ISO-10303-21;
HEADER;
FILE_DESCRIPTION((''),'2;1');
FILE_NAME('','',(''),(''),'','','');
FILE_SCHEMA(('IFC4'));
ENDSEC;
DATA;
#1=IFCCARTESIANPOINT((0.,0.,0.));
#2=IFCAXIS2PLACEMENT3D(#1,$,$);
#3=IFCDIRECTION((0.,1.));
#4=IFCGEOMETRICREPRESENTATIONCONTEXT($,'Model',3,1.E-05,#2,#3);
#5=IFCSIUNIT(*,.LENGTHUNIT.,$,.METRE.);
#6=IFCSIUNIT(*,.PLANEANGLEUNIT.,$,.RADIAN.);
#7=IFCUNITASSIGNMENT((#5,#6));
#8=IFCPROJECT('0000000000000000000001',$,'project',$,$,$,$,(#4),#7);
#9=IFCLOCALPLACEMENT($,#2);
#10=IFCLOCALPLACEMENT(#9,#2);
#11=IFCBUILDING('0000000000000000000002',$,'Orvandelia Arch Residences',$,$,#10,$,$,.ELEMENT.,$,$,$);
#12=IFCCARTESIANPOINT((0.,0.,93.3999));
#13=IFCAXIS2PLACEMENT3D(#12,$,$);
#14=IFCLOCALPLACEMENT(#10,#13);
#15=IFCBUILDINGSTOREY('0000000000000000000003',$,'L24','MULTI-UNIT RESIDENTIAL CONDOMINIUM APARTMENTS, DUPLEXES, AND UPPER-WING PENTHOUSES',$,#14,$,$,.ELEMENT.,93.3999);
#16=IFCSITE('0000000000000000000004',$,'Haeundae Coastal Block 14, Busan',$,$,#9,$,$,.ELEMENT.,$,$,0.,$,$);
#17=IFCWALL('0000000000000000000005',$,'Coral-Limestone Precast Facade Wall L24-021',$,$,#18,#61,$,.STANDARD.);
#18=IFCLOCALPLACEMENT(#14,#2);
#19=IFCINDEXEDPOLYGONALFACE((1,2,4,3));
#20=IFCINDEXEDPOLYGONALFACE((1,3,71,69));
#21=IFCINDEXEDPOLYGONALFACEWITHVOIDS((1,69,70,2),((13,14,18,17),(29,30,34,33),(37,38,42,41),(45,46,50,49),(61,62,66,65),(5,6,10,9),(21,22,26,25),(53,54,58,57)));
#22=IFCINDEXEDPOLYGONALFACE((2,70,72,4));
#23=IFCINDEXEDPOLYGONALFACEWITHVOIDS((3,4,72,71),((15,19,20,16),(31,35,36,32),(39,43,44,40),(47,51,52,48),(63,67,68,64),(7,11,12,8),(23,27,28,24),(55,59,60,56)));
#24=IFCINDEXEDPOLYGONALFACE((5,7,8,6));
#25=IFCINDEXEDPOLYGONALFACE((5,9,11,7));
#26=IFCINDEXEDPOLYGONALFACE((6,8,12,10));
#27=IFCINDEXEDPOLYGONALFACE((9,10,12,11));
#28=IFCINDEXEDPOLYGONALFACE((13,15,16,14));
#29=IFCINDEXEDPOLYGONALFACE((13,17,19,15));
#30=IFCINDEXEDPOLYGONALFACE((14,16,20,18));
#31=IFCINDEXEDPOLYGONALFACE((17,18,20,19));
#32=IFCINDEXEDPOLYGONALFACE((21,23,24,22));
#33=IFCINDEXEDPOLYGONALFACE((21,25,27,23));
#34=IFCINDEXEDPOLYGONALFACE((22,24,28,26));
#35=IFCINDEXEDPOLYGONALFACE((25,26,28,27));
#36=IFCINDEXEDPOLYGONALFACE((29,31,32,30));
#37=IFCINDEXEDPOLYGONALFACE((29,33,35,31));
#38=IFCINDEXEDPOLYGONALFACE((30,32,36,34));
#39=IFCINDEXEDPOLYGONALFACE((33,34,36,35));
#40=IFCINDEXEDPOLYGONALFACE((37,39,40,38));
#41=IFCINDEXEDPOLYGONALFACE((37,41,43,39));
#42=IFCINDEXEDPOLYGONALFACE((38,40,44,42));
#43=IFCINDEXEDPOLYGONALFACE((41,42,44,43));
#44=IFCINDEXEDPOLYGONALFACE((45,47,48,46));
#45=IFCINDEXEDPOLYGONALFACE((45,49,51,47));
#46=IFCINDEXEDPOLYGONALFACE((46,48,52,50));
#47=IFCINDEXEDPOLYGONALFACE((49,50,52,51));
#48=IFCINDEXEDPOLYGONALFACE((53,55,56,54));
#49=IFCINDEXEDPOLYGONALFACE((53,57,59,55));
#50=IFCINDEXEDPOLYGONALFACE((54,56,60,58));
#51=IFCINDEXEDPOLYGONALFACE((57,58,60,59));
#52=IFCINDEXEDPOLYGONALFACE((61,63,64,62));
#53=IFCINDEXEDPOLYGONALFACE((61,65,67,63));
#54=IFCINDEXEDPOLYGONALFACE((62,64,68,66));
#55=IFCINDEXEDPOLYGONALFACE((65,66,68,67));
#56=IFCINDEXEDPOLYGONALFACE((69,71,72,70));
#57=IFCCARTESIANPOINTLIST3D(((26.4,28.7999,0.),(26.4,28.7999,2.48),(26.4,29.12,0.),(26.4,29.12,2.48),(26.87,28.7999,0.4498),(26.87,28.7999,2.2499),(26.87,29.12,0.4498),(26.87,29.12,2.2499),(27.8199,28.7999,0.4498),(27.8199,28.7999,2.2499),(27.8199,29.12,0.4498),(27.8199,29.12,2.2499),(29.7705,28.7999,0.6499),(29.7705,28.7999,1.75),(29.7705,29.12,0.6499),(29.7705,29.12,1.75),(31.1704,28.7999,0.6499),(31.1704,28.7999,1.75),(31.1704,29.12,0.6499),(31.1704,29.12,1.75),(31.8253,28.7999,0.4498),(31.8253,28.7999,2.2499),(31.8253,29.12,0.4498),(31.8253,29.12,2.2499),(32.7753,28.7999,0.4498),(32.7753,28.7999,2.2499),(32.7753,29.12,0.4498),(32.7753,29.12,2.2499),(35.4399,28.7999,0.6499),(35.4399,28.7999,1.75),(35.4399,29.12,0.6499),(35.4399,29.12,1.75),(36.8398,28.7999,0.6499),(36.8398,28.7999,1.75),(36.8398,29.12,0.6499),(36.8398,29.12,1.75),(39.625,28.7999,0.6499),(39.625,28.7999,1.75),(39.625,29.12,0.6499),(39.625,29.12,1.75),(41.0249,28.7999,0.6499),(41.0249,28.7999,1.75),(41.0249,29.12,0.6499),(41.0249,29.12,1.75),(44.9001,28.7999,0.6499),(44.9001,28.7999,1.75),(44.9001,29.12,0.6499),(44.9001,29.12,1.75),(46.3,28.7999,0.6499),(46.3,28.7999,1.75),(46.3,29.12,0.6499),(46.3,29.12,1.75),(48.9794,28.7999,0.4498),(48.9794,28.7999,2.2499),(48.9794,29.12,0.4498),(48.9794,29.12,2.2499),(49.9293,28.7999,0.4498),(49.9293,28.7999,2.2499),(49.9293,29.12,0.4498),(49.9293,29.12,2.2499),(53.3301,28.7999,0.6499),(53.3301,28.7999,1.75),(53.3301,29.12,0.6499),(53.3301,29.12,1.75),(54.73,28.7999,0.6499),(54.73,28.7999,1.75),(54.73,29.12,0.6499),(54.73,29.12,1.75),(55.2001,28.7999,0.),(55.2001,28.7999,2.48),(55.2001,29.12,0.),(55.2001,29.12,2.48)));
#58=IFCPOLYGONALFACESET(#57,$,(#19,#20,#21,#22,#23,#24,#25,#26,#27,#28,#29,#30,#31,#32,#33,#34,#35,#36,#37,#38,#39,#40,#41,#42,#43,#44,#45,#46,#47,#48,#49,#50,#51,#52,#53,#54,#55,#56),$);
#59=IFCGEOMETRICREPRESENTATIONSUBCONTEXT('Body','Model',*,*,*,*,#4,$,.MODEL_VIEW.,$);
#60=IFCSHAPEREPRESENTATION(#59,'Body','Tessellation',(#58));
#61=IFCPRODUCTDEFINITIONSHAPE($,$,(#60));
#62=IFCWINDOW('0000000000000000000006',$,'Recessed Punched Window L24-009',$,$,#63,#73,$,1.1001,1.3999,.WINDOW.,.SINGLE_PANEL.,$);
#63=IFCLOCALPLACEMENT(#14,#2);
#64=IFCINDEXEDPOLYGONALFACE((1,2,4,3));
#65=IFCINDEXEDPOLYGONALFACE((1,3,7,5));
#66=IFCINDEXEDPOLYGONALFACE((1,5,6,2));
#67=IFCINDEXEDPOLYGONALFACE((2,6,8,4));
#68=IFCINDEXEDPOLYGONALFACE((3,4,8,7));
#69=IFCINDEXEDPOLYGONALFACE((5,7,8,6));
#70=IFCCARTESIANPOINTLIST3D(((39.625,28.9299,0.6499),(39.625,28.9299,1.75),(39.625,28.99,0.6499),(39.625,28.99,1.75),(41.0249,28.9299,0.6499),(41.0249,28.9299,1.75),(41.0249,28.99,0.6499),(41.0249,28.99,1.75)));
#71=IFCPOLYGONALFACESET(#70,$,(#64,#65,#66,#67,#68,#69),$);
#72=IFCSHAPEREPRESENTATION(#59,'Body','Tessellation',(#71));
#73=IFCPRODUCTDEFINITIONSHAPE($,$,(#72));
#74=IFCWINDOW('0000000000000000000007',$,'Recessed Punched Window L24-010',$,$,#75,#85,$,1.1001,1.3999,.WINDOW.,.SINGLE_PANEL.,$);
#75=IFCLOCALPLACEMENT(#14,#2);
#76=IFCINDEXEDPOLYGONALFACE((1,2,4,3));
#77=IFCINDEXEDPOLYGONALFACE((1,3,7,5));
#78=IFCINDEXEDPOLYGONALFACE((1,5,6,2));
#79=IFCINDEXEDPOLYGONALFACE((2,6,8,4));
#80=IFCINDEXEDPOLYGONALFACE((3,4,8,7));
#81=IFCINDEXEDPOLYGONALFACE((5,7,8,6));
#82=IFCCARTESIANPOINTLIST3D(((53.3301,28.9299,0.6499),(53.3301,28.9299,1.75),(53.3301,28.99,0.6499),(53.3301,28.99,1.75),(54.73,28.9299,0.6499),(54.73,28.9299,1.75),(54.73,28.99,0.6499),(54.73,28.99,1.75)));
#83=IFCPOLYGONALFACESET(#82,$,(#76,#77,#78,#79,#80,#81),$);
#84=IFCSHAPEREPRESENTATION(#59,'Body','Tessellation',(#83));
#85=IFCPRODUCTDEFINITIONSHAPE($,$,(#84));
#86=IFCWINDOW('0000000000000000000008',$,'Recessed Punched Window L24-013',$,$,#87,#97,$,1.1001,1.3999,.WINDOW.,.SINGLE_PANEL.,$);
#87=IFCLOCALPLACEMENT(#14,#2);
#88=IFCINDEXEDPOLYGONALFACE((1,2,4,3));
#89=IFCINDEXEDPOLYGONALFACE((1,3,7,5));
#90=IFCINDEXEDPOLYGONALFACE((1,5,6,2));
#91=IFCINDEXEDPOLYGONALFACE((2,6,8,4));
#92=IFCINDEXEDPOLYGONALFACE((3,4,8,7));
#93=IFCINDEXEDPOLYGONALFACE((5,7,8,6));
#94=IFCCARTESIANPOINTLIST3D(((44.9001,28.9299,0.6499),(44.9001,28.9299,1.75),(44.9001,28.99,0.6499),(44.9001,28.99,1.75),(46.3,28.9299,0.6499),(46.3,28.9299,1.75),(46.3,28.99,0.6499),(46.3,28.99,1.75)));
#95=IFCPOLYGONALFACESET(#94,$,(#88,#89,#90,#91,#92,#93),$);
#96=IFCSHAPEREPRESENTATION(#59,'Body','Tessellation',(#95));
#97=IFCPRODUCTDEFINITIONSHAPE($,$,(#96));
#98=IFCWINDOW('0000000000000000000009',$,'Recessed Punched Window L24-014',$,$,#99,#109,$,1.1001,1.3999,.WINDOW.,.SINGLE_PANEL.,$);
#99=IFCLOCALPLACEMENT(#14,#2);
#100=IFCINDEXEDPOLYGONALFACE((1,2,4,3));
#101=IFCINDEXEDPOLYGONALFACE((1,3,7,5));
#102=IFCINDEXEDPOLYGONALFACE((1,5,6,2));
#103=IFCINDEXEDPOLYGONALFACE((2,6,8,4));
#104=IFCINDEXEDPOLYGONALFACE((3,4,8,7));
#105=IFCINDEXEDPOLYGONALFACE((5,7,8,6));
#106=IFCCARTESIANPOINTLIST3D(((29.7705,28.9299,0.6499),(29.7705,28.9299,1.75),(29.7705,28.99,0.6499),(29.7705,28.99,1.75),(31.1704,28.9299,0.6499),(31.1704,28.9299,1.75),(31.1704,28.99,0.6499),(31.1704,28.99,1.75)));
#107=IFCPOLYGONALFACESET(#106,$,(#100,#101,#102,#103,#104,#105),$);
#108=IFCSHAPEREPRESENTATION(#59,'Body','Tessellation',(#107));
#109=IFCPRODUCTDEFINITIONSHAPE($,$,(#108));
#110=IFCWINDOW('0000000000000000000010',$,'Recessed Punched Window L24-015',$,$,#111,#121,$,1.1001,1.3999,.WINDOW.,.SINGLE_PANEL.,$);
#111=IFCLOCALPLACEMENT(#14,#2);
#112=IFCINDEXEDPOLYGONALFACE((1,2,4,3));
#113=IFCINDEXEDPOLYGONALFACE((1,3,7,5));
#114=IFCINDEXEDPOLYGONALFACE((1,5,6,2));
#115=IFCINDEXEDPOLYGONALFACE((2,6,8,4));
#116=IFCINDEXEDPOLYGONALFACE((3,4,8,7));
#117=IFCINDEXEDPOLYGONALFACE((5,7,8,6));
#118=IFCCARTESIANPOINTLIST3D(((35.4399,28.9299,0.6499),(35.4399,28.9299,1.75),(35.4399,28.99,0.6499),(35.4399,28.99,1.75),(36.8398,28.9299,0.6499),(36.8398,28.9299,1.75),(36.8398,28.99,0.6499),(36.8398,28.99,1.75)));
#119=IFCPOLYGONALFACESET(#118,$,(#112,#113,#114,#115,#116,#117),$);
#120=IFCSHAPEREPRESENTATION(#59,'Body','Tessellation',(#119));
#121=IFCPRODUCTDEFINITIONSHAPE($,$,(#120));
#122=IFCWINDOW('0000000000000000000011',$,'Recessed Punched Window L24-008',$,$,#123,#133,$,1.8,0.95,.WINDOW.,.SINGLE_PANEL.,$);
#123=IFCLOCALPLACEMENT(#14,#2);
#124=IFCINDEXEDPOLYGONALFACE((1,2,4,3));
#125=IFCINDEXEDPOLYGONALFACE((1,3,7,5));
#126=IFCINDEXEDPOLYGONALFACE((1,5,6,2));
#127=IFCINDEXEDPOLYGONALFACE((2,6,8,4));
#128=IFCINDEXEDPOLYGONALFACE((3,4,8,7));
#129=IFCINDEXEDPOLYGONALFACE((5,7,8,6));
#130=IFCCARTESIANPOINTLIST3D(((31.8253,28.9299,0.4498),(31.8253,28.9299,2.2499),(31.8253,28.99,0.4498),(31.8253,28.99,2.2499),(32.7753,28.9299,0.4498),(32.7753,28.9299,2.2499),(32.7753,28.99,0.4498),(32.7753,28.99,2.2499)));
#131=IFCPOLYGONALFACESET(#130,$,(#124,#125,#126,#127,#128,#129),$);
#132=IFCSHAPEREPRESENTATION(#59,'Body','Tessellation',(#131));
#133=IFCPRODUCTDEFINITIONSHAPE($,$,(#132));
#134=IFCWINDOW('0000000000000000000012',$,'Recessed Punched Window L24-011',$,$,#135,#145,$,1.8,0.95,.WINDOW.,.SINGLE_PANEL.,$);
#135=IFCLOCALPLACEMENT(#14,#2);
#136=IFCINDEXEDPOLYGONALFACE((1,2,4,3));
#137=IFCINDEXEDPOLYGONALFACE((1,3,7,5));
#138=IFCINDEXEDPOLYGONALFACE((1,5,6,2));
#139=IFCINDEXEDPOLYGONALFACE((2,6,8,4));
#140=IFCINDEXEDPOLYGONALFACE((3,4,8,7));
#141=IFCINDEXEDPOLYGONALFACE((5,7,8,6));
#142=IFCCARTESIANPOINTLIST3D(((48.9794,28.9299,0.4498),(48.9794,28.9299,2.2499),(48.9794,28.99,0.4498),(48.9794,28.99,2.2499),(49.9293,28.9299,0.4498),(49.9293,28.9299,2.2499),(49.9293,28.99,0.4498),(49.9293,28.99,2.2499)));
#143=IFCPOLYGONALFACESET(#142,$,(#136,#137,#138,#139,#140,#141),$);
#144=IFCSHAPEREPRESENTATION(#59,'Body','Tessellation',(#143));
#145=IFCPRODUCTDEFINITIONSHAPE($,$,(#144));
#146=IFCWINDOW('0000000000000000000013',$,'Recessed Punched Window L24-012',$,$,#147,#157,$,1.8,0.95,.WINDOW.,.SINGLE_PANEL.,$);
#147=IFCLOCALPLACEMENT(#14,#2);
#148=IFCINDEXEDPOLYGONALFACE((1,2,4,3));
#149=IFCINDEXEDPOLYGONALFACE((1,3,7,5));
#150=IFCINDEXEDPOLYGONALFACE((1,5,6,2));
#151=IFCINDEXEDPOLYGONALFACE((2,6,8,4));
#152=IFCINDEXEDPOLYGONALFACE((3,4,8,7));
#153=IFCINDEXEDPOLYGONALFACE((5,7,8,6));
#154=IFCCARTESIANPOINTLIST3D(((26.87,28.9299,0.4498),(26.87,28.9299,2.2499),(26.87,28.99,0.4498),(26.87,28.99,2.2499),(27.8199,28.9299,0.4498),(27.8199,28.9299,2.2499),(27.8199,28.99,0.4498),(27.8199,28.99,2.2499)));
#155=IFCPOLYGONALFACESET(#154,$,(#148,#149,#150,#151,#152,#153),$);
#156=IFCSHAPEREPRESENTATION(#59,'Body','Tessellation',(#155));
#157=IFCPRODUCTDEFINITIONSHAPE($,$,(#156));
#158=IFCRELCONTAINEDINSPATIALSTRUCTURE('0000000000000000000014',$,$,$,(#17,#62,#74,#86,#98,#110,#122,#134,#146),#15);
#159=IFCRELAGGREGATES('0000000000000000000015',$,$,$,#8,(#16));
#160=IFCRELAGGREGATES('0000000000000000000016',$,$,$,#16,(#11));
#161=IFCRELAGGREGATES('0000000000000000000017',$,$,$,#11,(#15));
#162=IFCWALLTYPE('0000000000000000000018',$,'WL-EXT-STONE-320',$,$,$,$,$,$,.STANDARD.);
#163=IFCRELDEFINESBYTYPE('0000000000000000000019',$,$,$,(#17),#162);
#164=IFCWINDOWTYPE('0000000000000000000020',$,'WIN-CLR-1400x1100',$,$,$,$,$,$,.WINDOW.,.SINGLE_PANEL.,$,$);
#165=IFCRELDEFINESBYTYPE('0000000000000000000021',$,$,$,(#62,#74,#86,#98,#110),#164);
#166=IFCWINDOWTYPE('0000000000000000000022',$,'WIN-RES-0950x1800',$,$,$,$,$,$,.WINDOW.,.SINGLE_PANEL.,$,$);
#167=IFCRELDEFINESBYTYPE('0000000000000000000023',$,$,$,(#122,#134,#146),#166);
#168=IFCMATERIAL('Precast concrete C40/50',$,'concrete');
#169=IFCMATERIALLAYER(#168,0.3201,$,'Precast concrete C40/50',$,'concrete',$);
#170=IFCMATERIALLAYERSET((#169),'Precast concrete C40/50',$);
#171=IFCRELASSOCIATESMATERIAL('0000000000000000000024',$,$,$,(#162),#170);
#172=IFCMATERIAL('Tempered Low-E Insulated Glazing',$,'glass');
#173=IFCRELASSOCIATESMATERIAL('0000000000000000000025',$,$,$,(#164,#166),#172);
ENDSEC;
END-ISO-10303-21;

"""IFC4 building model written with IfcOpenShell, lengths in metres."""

from ifc_helpers import new_model, si_unit, direction, frame, frame_2d, origin, place, context, subcontext, project, spatial, rectangle, extrude, material, layer, layer_set, type_object, element, fill, save


model = new_model("IFC4")

# Units and contexts
model_context = context("Model", 3, precision=1e-05, world=origin(), true_north=direction((0.0, 1.0)))
body_context = subcontext(model_context, "Body", "Model", "MODEL_VIEW")
ifc_project = project(units=[si_unit("LENGTHUNIT", "METRE"), si_unit("PLANEANGLEUNIT", "RADIAN")], contexts=[model_context])

# Site, building, storey
site_placement = place(None, origin())
site = spatial("IfcSite", under=ifc_project, at=site_placement, Name="Haeundae Coastal Block 14, Busan", CompositionType="ELEMENT", RefElevation=0.0)
building_placement = place(site_placement, origin())
building = spatial("IfcBuilding", under=site, at=building_placement, Name="Orvandelia Arch Residences", CompositionType="ELEMENT")
storey_placement = place(building_placement, frame((0.0, 0.0, 93.3999)))
storey = spatial("IfcBuildingStorey", under=building, at=storey_placement, Name="L24", Description="MULTI-UNIT RESIDENTIAL CONDOMINIUM APARTMENTS, DUPLEXES, AND UPPER-WING PENTHOUSES", CompositionType="ELEMENT", Elevation=93.3999)

# Shared definitions
ifc_material_1 = material(Name="Precast concrete C40/50", Category="concrete")
ifc_layer = layer(ifc_material_1, 0.3201, Name="Precast concrete C40/50", Category="concrete")
ifc_layer_set = layer_set([ifc_layer], Name="Precast concrete C40/50")
wall_type = type_object("IfcWallType", Name="WL-EXT-STONE-320", PredefinedType="STANDARD", material=ifc_layer_set)

# Wall, openings, windows
wall_1_placement = place(storey_placement, frame((55.2, 28.96, 0.0), z_axis=(0.0, 0.0, 1.0), x_axis=(-1.0, 0.0, 0.0)))
wall_1 = element("IfcWall", 1, at=wall_1_placement, inside=storey, type_object=wall_type, Name="Coral-Limestone Precast Facade Wall L24-021", PredefinedType="STANDARD", context=body_context, shape_type="SweptSolid", body=[
    extrude(rectangle(XDim=28.8, YDim=0.3201, at=frame_2d((14.3999, 0.0))), origin(), (0.0, 0.0, 1.0), 2.48),
])
opening_1_placement = place(wall_1_placement, frame((22.4246, 0.0, 0.45)))
opening_1 = element("IfcOpeningElement", 2, at=opening_1_placement, cuts=wall_1, PredefinedType="OPENING", context=body_context, shape_type="SweptSolid", body=[
    extrude(rectangle(XDim=0.95, YDim=1.8, at=frame_2d((0.4751, 0.8999))), frame((0.0, 0.1699, 0.0), z_axis=(0.0, -1.0, 0.0), x_axis=(1.0, 0.0, 0.0)), (0.0, 0.0, 1.0), 0.3401),
])
opening_2_placement = place(wall_1_placement, frame((14.175, 0.0, 0.6499)))
opening_2 = element("IfcOpeningElement", 3, at=opening_2_placement, cuts=wall_1, PredefinedType="OPENING", context=body_context, shape_type="SweptSolid", body=[
    extrude(rectangle(XDim=1.3999, YDim=1.1001, at=frame_2d((0.7, 0.55))), frame((0.0, 0.1699, 0.0), z_axis=(0.0, -1.0, 0.0), x_axis=(1.0, 0.0, 0.0)), (0.0, 0.0, 1.0), 0.3401),
])
opening_3_placement = place(wall_1_placement, frame((0.47, 0.0, 0.6499)))
opening_3 = element("IfcOpeningElement", 4, at=opening_3_placement, cuts=wall_1, PredefinedType="OPENING", context=body_context, shape_type="SweptSolid", body=[
    extrude(rectangle(XDim=1.3999, YDim=1.1001, at=frame_2d((0.7, 0.55))), frame((0.0, 0.1699, 0.0), z_axis=(0.0, -1.0, 0.0), x_axis=(1.0, 0.0, 0.0)), (0.0, 0.0, 1.0), 0.3401),
])
opening_4_placement = place(wall_1_placement, frame((5.2705, 0.0, 0.45)))
opening_4 = element("IfcOpeningElement", 5, at=opening_4_placement, cuts=wall_1, PredefinedType="OPENING", context=body_context, shape_type="SweptSolid", body=[
    extrude(rectangle(XDim=0.95, YDim=1.8, at=frame_2d((0.4751, 0.8999))), frame((0.0, 0.1699, 0.0), z_axis=(0.0, -1.0, 0.0), x_axis=(1.0, 0.0, 0.0)), (0.0, 0.0, 1.0), 0.3401),
])
opening_5_placement = place(wall_1_placement, frame((27.3799, 0.0, 0.45)))
opening_5 = element("IfcOpeningElement", 6, at=opening_5_placement, cuts=wall_1, PredefinedType="OPENING", context=body_context, shape_type="SweptSolid", body=[
    extrude(rectangle(XDim=0.95, YDim=1.8, at=frame_2d((0.4751, 0.8999))), frame((0.0, 0.1699, 0.0), z_axis=(0.0, -1.0, 0.0), x_axis=(1.0, 0.0, 0.0)), (0.0, 0.0, 1.0), 0.3401),
])
opening_6_placement = place(wall_1_placement, frame((8.8999, 0.0, 0.6499)))
opening_6 = element("IfcOpeningElement", 7, at=opening_6_placement, cuts=wall_1, PredefinedType="OPENING", context=body_context, shape_type="SweptSolid", body=[
    extrude(rectangle(XDim=1.3999, YDim=1.1001, at=frame_2d((0.7, 0.55))), frame((0.0, 0.1699, 0.0), z_axis=(0.0, -1.0, 0.0), x_axis=(1.0, 0.0, 0.0)), (0.0, 0.0, 1.0), 0.3401),
])
opening_7_placement = place(wall_1_placement, frame((24.0295, 0.0, 0.6499)))
opening_7 = element("IfcOpeningElement", 8, at=opening_7_placement, cuts=wall_1, PredefinedType="OPENING", context=body_context, shape_type="SweptSolid", body=[
    extrude(rectangle(XDim=1.3999, YDim=1.1001, at=frame_2d((0.7, 0.55))), frame((0.0, 0.1699, 0.0), z_axis=(0.0, -1.0, 0.0), x_axis=(1.0, 0.0, 0.0)), (0.0, 0.0, 1.0), 0.3401),
])
opening_8_placement = place(wall_1_placement, frame((18.3601, 0.0, 0.6499)))
opening_8 = element("IfcOpeningElement", 9, at=opening_8_placement, cuts=wall_1, PredefinedType="OPENING", context=body_context, shape_type="SweptSolid", body=[
    extrude(rectangle(XDim=1.3999, YDim=1.1001, at=frame_2d((0.7, 0.55))), frame((0.0, 0.1699, 0.0), z_axis=(0.0, -1.0, 0.0), x_axis=(1.0, 0.0, 0.0)), (0.0, 0.0, 1.0), 0.3401),
])
ifc_material_2 = material(Name="Tempered Low-E Insulated Glazing", Category="glass")
window_type_1 = type_object("IfcWindowType", Name="WIN-CLR-1400x1100", PartitioningType="SINGLE_PANEL", PredefinedType="WINDOW", material=ifc_material_2)
window_1_placement = place(opening_2_placement, origin())
window_1 = element("IfcWindow", 10, at=window_1_placement, inside=storey, type_object=window_type_1, Name="Recessed Punched Window L24-009", OverallHeight=1.1001, OverallWidth=1.3999, PartitioningType="SINGLE_PANEL", PredefinedType="WINDOW", context=body_context, shape_type="SweptSolid", body=[
    extrude(rectangle(XDim=1.3999, YDim=1.1001, at=frame_2d((0.7, 0.55))), frame((0.0, 0.03, 0.0), z_axis=(0.0, -1.0, 0.0), x_axis=(1.0, 0.0, 0.0)), (0.0, 0.0, 1.0), 0.0601),
])
fill(opening_2, window_1)
window_2_placement = place(opening_3_placement, origin())
window_2 = element("IfcWindow", 11, at=window_2_placement, inside=storey, type_object=window_type_1, Name="Recessed Punched Window L24-010", OverallHeight=1.1001, OverallWidth=1.3999, PartitioningType="SINGLE_PANEL", PredefinedType="WINDOW", context=body_context, shape_type="SweptSolid", body=[
    extrude(rectangle(XDim=1.3999, YDim=1.1001, at=frame_2d((0.7, 0.55))), frame((0.0, 0.03, 0.0), z_axis=(0.0, -1.0, 0.0), x_axis=(1.0, 0.0, 0.0)), (0.0, 0.0, 1.0), 0.0601),
])
fill(opening_3, window_2)
window_3_placement = place(opening_6_placement, origin())
window_3 = element("IfcWindow", 12, at=window_3_placement, inside=storey, type_object=window_type_1, Name="Recessed Punched Window L24-013", OverallHeight=1.1001, OverallWidth=1.3999, PartitioningType="SINGLE_PANEL", PredefinedType="WINDOW", context=body_context, shape_type="SweptSolid", body=[
    extrude(rectangle(XDim=1.3999, YDim=1.1001, at=frame_2d((0.7, 0.55))), frame((0.0, 0.03, 0.0), z_axis=(0.0, -1.0, 0.0), x_axis=(1.0, 0.0, 0.0)), (0.0, 0.0, 1.0), 0.0601),
])
fill(opening_6, window_3)
window_4_placement = place(opening_7_placement, origin())
window_4 = element("IfcWindow", 13, at=window_4_placement, inside=storey, type_object=window_type_1, Name="Recessed Punched Window L24-014", OverallHeight=1.1001, OverallWidth=1.3999, PartitioningType="SINGLE_PANEL", PredefinedType="WINDOW", context=body_context, shape_type="SweptSolid", body=[
    extrude(rectangle(XDim=1.3999, YDim=1.1001, at=frame_2d((0.7, 0.55))), frame((0.0, 0.03, 0.0), z_axis=(0.0, -1.0, 0.0), x_axis=(1.0, 0.0, 0.0)), (0.0, 0.0, 1.0), 0.0601),
])
fill(opening_7, window_4)
window_5_placement = place(opening_8_placement, origin())
window_5 = element("IfcWindow", 14, at=window_5_placement, inside=storey, type_object=window_type_1, Name="Recessed Punched Window L24-015", OverallHeight=1.1001, OverallWidth=1.3999, PartitioningType="SINGLE_PANEL", PredefinedType="WINDOW", context=body_context, shape_type="SweptSolid", body=[
    extrude(rectangle(XDim=1.3999, YDim=1.1001, at=frame_2d((0.7, 0.55))), frame((0.0, 0.03, 0.0), z_axis=(0.0, -1.0, 0.0), x_axis=(1.0, 0.0, 0.0)), (0.0, 0.0, 1.0), 0.0601),
])
fill(opening_8, window_5)
window_type_2 = type_object("IfcWindowType", Name="WIN-RES-0950x1800", PartitioningType="SINGLE_PANEL", PredefinedType="WINDOW", material=ifc_material_2)
window_6_placement = place(opening_1_placement, origin())
window_6 = element("IfcWindow", 15, at=window_6_placement, inside=storey, type_object=window_type_2, Name="Recessed Punched Window L24-008", OverallHeight=1.8, OverallWidth=0.95, PartitioningType="SINGLE_PANEL", PredefinedType="WINDOW", context=body_context, shape_type="SweptSolid", body=[
    extrude(rectangle(XDim=0.95, YDim=1.8, at=frame_2d((0.4751, 0.8999))), frame((0.0, 0.03, 0.0), z_axis=(0.0, -1.0, 0.0), x_axis=(1.0, 0.0, 0.0)), (0.0, 0.0, 1.0), 0.0601),
])
fill(opening_1, window_6)
window_7_placement = place(opening_4_placement, origin())
window_7 = element("IfcWindow", 16, at=window_7_placement, inside=storey, type_object=window_type_2, Name="Recessed Punched Window L24-011", OverallHeight=1.8, OverallWidth=0.95, PartitioningType="SINGLE_PANEL", PredefinedType="WINDOW", context=body_context, shape_type="SweptSolid", body=[
    extrude(rectangle(XDim=0.95, YDim=1.8, at=frame_2d((0.4751, 0.8999))), frame((0.0, 0.03, 0.0), z_axis=(0.0, -1.0, 0.0), x_axis=(1.0, 0.0, 0.0)), (0.0, 0.0, 1.0), 0.0601),
])
fill(opening_4, window_7)
window_8_placement = place(opening_5_placement, origin())
window_8 = element("IfcWindow", 17, at=window_8_placement, inside=storey, type_object=window_type_2, Name="Recessed Punched Window L24-012", OverallHeight=1.8, OverallWidth=0.95, PartitioningType="SINGLE_PANEL", PredefinedType="WINDOW", context=body_context, shape_type="SweptSolid", body=[
    extrude(rectangle(XDim=0.95, YDim=1.8, at=frame_2d((0.4751, 0.8999))), frame((0.0, 0.03, 0.0), z_axis=(0.0, -1.0, 0.0), x_axis=(1.0, 0.0, 0.0)), (0.0, 0.0, 1.0), 0.0601),
])
fill(opening_5, window_8)

save(model, "model.ifc")
